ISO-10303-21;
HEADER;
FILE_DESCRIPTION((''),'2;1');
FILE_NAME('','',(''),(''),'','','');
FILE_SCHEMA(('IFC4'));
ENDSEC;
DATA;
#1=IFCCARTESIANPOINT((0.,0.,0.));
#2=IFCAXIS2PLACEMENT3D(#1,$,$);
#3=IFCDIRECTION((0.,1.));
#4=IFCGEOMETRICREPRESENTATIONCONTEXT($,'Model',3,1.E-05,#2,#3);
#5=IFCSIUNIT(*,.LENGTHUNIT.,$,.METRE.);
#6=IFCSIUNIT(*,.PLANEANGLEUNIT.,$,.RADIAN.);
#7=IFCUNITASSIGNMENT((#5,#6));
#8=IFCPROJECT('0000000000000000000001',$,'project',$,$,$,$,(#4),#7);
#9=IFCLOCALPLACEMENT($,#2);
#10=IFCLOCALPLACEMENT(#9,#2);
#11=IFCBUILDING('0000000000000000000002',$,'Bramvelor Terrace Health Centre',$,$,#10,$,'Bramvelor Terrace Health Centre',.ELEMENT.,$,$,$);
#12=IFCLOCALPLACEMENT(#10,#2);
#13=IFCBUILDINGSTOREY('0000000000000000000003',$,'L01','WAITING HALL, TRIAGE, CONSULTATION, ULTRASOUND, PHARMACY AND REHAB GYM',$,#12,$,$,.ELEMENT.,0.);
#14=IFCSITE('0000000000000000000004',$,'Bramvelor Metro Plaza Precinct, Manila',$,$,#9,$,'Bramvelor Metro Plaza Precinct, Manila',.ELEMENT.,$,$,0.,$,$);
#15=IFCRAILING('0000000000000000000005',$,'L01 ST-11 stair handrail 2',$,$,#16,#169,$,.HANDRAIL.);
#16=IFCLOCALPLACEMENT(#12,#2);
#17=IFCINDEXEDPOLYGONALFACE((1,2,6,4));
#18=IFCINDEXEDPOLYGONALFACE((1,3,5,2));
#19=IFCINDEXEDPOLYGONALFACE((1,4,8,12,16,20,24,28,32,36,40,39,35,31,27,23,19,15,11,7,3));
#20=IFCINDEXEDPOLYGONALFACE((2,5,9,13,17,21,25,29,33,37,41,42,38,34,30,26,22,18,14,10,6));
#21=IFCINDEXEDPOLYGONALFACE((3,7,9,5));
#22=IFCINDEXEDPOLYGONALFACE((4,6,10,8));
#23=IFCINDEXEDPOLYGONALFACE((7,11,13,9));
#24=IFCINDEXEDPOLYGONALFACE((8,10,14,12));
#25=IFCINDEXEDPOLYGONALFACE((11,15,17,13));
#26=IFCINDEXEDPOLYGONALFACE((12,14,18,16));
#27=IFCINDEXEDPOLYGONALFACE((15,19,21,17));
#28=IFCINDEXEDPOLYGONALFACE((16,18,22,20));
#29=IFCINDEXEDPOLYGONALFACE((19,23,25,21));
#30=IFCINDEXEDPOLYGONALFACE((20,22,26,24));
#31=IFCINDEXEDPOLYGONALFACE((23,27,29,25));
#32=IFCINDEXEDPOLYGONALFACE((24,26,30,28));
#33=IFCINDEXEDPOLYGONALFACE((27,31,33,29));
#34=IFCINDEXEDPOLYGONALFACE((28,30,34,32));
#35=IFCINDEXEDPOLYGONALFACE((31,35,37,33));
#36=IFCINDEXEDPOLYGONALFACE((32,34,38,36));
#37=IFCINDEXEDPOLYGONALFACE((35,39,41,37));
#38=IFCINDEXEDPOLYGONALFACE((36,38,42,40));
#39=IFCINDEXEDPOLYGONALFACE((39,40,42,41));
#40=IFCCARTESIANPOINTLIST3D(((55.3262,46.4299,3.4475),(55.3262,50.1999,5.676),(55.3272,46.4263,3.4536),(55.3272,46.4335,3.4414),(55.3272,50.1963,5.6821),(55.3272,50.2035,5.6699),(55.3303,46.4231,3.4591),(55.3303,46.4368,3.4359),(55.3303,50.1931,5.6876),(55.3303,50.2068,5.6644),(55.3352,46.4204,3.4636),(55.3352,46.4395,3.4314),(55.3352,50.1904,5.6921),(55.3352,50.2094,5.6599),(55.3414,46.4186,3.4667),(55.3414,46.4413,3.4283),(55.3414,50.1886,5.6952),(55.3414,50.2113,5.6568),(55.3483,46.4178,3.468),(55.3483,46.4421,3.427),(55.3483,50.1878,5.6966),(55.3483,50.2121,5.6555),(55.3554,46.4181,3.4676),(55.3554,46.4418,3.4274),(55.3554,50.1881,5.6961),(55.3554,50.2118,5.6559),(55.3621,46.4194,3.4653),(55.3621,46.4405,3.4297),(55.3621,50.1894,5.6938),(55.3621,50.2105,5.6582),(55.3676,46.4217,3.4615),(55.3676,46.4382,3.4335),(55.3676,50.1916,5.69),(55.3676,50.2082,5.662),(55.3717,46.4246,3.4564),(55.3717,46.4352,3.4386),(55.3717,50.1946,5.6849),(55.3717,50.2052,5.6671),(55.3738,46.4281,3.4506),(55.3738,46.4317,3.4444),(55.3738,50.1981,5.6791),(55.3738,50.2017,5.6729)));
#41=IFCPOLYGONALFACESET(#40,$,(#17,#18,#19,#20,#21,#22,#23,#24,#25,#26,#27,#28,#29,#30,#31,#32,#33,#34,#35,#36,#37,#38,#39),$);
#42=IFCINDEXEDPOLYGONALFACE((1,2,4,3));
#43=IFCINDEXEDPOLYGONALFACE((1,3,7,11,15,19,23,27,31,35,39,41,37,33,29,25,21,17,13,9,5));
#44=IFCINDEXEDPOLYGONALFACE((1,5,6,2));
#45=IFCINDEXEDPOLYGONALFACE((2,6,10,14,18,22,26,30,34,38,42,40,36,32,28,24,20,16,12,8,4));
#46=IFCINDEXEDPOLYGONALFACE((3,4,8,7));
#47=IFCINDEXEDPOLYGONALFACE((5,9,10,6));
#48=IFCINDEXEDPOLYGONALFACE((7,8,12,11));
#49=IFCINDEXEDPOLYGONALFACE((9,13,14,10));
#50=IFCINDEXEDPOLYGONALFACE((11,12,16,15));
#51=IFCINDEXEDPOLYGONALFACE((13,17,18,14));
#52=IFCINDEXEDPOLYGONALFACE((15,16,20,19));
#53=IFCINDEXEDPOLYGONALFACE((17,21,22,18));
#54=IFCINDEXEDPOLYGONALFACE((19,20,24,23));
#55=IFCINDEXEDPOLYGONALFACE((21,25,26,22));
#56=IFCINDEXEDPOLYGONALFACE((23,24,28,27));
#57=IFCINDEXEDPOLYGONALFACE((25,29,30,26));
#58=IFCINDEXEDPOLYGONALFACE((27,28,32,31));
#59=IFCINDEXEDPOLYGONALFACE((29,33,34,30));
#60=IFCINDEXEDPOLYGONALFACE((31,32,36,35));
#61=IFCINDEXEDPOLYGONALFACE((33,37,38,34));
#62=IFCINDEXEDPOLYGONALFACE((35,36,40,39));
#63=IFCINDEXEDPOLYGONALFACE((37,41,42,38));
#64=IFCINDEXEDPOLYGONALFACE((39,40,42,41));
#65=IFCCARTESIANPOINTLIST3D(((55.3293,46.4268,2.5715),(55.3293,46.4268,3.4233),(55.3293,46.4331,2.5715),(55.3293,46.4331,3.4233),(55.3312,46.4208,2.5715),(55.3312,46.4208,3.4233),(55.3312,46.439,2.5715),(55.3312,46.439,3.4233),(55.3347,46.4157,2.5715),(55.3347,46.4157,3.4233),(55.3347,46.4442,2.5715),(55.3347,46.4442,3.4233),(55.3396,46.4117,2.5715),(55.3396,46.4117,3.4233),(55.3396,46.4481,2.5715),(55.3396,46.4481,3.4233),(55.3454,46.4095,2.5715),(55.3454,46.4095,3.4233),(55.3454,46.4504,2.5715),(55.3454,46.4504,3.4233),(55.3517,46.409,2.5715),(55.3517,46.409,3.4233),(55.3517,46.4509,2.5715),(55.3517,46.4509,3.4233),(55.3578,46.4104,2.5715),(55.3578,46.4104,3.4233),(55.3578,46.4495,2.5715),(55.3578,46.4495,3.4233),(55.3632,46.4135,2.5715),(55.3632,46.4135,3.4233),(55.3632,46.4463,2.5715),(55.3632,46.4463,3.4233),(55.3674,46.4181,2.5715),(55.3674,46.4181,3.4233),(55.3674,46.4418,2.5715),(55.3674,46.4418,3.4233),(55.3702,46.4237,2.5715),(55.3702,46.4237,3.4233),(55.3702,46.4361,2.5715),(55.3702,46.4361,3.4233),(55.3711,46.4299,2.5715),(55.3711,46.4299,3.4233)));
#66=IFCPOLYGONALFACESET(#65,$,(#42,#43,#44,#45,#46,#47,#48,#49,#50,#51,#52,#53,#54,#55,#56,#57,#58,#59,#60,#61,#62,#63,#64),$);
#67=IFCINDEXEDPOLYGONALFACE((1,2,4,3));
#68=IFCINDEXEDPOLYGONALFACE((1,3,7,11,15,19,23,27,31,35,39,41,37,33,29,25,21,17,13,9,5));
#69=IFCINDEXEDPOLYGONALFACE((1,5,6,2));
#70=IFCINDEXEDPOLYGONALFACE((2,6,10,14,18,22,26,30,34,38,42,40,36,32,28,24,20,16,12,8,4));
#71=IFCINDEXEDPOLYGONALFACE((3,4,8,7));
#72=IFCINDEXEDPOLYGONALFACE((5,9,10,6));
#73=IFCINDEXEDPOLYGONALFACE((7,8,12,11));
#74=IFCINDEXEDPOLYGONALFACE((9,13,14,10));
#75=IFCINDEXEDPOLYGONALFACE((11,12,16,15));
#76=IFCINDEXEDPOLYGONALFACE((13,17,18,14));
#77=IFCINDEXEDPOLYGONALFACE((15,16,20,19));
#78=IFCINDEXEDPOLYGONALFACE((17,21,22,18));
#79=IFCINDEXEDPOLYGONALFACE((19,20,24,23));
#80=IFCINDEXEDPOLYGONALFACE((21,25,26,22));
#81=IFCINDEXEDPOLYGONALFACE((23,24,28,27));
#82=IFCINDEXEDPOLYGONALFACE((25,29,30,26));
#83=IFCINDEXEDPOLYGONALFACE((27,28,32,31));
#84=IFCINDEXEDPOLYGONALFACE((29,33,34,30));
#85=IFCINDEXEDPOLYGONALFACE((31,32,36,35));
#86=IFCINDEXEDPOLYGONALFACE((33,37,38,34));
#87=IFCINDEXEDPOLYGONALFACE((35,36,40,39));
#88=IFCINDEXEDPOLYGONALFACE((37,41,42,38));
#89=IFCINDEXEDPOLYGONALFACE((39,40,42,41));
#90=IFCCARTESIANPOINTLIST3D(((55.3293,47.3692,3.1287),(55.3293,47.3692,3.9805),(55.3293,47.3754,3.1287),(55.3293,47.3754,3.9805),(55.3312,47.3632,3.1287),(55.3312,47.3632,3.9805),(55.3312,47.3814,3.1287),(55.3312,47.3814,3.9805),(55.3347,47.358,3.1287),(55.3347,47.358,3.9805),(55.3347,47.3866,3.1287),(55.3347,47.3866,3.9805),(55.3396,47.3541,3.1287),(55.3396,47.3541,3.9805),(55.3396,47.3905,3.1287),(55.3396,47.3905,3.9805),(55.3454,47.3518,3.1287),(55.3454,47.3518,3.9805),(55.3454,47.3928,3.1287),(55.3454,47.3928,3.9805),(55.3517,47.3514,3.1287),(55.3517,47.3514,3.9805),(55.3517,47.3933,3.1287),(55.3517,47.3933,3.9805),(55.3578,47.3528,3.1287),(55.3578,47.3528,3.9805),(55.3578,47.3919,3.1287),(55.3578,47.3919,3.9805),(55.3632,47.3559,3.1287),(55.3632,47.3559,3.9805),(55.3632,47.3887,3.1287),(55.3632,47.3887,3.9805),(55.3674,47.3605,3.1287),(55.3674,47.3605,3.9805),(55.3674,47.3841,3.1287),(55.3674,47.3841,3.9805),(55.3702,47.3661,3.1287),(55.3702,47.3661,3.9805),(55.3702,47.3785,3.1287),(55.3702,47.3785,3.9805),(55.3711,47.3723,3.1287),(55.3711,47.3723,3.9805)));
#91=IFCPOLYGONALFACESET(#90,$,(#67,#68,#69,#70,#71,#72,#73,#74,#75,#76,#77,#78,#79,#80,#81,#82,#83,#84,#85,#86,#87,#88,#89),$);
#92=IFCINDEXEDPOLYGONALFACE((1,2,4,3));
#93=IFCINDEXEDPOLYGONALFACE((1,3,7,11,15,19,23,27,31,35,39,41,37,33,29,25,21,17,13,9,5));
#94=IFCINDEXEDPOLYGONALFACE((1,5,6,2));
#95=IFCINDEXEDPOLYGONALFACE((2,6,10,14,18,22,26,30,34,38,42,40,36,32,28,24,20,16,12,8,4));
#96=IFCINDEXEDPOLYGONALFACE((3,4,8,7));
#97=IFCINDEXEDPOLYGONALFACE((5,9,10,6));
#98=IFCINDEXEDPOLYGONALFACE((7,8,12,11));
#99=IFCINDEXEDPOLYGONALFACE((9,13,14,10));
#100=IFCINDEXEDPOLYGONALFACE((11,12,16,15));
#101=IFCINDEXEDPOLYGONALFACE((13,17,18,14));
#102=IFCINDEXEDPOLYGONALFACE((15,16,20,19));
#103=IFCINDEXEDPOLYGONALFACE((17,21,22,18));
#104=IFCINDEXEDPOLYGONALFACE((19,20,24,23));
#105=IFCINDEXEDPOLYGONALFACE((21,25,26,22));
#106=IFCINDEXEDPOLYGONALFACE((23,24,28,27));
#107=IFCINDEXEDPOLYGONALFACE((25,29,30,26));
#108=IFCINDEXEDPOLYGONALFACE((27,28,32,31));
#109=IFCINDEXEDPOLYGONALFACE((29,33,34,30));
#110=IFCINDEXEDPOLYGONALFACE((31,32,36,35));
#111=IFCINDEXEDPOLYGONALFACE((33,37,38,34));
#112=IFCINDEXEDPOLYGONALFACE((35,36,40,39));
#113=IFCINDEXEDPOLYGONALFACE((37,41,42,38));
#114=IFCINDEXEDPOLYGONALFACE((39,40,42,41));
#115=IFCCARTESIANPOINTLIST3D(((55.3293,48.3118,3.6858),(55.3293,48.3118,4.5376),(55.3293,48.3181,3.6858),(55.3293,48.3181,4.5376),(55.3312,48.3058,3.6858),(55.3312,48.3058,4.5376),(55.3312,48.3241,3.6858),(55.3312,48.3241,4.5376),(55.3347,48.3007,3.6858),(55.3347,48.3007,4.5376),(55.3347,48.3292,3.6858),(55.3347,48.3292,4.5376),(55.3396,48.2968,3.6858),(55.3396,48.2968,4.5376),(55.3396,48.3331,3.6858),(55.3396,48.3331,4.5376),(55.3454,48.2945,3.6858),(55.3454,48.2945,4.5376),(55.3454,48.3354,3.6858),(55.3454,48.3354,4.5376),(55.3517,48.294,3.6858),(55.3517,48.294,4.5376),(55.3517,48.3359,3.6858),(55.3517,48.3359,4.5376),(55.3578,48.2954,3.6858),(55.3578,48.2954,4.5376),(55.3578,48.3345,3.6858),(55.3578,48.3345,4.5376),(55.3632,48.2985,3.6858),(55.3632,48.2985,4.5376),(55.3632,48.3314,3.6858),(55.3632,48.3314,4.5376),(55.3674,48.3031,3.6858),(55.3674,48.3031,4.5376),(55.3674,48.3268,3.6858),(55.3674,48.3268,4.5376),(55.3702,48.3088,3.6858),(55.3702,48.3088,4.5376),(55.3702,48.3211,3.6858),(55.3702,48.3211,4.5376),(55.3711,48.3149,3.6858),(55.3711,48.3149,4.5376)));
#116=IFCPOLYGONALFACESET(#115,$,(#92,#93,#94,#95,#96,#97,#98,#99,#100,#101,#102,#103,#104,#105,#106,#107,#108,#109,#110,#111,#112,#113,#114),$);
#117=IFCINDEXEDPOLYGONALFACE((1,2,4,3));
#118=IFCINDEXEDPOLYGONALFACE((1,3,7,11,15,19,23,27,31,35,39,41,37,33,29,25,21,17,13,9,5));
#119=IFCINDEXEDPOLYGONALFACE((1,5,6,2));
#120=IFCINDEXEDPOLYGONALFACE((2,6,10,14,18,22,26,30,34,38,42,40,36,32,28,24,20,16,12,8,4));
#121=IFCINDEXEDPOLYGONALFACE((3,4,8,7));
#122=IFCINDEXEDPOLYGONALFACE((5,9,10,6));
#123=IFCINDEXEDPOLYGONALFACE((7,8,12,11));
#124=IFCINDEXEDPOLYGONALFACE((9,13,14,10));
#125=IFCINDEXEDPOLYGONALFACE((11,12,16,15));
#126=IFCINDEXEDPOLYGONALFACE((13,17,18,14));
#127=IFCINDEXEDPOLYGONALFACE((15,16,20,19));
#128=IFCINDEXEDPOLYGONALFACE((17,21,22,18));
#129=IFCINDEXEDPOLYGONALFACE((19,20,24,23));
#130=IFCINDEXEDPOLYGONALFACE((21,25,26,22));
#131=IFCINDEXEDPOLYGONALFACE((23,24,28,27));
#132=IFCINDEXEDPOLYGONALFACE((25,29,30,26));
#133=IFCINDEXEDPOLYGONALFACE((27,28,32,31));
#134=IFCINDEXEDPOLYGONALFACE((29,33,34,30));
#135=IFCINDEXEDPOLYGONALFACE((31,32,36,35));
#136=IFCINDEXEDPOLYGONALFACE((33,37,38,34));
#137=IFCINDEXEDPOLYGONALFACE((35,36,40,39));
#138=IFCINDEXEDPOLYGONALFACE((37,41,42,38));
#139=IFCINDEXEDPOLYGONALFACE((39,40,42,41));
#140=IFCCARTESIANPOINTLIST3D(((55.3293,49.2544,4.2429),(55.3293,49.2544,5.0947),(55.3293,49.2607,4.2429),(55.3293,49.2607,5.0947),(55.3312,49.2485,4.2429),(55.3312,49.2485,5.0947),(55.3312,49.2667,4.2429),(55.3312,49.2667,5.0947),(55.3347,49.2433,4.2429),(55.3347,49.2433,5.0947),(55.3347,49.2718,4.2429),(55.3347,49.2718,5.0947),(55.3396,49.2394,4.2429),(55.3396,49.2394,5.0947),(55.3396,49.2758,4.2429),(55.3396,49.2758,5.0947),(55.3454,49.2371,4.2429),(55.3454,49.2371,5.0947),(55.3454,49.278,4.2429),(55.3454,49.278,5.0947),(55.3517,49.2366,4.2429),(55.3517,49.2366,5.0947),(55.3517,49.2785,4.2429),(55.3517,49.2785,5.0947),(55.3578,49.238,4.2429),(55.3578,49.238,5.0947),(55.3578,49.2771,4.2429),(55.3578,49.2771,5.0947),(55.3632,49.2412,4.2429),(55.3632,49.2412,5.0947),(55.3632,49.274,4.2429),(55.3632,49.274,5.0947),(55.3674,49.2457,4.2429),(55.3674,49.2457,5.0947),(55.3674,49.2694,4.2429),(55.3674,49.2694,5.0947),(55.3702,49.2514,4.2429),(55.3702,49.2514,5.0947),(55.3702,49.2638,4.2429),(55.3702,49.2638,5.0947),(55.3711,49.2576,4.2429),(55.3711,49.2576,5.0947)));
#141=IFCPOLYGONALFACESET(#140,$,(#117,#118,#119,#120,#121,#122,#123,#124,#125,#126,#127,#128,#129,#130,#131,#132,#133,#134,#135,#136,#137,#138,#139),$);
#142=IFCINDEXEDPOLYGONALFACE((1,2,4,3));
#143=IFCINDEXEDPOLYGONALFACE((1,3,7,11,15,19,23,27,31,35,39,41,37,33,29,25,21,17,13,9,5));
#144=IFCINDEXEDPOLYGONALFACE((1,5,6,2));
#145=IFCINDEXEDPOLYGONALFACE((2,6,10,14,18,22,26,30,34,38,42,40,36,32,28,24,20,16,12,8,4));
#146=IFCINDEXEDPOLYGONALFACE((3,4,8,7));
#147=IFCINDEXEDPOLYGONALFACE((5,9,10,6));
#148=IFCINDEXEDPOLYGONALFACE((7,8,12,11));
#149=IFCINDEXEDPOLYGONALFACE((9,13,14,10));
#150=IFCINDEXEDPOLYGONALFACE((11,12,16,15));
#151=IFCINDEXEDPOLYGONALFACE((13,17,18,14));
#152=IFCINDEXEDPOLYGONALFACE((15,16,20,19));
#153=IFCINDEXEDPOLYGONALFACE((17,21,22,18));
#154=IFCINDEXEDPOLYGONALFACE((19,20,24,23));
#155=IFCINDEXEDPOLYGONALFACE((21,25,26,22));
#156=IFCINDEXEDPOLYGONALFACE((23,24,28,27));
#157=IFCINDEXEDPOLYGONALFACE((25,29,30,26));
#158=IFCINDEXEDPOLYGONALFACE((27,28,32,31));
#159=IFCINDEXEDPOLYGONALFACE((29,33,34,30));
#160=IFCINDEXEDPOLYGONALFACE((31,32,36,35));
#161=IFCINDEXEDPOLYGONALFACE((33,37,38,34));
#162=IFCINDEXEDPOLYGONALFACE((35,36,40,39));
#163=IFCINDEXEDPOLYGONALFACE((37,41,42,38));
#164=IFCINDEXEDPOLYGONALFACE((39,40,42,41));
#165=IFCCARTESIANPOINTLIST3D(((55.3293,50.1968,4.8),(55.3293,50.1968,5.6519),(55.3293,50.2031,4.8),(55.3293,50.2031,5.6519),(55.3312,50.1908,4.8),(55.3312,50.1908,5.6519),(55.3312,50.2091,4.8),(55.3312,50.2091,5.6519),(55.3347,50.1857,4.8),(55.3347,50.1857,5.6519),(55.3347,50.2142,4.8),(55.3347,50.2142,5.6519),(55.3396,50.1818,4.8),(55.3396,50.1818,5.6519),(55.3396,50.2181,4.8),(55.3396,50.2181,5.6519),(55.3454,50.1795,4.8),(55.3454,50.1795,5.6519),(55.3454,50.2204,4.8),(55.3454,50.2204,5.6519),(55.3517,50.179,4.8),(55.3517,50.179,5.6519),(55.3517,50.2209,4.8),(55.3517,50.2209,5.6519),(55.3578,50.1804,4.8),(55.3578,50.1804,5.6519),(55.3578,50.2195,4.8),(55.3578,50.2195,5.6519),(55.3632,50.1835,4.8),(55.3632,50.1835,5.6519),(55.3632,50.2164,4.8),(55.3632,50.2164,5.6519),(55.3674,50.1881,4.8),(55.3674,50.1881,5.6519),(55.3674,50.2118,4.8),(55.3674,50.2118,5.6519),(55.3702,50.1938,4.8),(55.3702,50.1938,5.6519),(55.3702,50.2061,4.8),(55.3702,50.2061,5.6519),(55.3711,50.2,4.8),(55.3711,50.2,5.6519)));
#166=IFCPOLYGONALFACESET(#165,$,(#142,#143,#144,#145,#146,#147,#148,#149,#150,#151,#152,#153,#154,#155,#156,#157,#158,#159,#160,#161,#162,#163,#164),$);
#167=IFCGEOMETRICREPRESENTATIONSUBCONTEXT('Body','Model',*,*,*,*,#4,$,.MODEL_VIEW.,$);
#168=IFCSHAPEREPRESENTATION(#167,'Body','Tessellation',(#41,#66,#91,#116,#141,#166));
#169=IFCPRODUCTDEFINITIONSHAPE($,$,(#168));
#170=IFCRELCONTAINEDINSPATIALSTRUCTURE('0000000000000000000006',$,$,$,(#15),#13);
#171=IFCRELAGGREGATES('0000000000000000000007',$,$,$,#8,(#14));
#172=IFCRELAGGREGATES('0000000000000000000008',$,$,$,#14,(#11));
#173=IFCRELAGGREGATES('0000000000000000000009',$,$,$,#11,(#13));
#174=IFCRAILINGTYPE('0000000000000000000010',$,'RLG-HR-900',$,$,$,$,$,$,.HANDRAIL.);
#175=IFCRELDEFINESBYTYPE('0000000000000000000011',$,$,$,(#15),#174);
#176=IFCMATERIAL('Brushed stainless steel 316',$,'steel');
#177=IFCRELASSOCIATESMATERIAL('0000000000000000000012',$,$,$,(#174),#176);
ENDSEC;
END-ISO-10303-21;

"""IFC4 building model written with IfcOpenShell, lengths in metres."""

from ifc_helpers import new_model, si_unit, direction, frame, origin, origin_2d, place, context, subcontext, project, spatial, circle, extrude, material, type_object, element, save


model = new_model("IFC4")

# Units and contexts
model_context = context("Model", 3, precision=1e-05, world=origin(), true_north=direction((0.0, 1.0)))
body_context = subcontext(model_context, "Body", "Model", "MODEL_VIEW")
ifc_project = project(units=[si_unit("LENGTHUNIT", "METRE"), si_unit("PLANEANGLEUNIT", "RADIAN")], contexts=[model_context])

# Site, building, storey
site_placement = place(None, origin())
site = spatial("IfcSite", under=ifc_project, at=site_placement, Name="Bramvelor Metro Plaza Precinct, Manila", LongName="Bramvelor Metro Plaza Precinct, Manila", CompositionType="ELEMENT", RefElevation=0.0)
building_placement = place(site_placement, origin())
building = spatial("IfcBuilding", under=site, at=building_placement, Name="Bramvelor Terrace Health Centre", LongName="Bramvelor Terrace Health Centre", CompositionType="ELEMENT")
storey_placement = place(building_placement, origin())
storey = spatial("IfcBuildingStorey", under=building, at=storey_placement, Name="L01", Description="WAITING HALL, TRIAGE, CONSULTATION, ULTRASOUND, PHARMACY AND REHAB GYM", CompositionType="ELEMENT", Elevation=0.0)

# Railing
ifc_material_1 = material(Name="Brushed stainless steel 316", Category="steel")
railing_type_1 = type_object("IfcRailingType", Name="RLG-HR-900", PredefinedType="HANDRAIL", material=ifc_material_1)
railing_1_placement = place(storey_placement, frame((55.3501, 46.4299, 2.5715)))
element("IfcRailing", 1, at=railing_1_placement, inside=storey, type_object=railing_type_1, Name="L01 ST-11 stair handrail 2", PredefinedType="HANDRAIL", context=body_context, shape_type="SweptSolid", body=[
    extrude(circle(Radius=0.0239, at=origin_2d()), frame((0.0, 0.0, 0.876), z_axis=(0.0, 0.860849, 0.508861), x_axis=(-1.0, 0.0, 0.0)), (0.0, 0.0, 1.0), 4.3794),
    extrude(circle(Radius=0.021, at=origin_2d()), origin(), (0.0, 0.0, 1.0), 0.8518),
    extrude(circle(Radius=0.021, at=origin_2d()), frame((0.0, 0.9424, 0.5571)), (0.0, 0.0, 1.0), 0.8518),
    extrude(circle(Radius=0.021, at=origin_2d()), frame((0.0, 1.885, 1.1143)), (0.0, 0.0, 1.0), 0.8518),
    extrude(circle(Radius=0.021, at=origin_2d()), frame((0.0, 2.8276, 1.6714)), (0.0, 0.0, 1.0), 0.8518),
    extrude(circle(Radius=0.021, at=origin_2d()), frame((0.0, 3.77, 2.2285)), (0.0, 0.0, 1.0), 0.8518),
])

save(model, "model.ifc")
